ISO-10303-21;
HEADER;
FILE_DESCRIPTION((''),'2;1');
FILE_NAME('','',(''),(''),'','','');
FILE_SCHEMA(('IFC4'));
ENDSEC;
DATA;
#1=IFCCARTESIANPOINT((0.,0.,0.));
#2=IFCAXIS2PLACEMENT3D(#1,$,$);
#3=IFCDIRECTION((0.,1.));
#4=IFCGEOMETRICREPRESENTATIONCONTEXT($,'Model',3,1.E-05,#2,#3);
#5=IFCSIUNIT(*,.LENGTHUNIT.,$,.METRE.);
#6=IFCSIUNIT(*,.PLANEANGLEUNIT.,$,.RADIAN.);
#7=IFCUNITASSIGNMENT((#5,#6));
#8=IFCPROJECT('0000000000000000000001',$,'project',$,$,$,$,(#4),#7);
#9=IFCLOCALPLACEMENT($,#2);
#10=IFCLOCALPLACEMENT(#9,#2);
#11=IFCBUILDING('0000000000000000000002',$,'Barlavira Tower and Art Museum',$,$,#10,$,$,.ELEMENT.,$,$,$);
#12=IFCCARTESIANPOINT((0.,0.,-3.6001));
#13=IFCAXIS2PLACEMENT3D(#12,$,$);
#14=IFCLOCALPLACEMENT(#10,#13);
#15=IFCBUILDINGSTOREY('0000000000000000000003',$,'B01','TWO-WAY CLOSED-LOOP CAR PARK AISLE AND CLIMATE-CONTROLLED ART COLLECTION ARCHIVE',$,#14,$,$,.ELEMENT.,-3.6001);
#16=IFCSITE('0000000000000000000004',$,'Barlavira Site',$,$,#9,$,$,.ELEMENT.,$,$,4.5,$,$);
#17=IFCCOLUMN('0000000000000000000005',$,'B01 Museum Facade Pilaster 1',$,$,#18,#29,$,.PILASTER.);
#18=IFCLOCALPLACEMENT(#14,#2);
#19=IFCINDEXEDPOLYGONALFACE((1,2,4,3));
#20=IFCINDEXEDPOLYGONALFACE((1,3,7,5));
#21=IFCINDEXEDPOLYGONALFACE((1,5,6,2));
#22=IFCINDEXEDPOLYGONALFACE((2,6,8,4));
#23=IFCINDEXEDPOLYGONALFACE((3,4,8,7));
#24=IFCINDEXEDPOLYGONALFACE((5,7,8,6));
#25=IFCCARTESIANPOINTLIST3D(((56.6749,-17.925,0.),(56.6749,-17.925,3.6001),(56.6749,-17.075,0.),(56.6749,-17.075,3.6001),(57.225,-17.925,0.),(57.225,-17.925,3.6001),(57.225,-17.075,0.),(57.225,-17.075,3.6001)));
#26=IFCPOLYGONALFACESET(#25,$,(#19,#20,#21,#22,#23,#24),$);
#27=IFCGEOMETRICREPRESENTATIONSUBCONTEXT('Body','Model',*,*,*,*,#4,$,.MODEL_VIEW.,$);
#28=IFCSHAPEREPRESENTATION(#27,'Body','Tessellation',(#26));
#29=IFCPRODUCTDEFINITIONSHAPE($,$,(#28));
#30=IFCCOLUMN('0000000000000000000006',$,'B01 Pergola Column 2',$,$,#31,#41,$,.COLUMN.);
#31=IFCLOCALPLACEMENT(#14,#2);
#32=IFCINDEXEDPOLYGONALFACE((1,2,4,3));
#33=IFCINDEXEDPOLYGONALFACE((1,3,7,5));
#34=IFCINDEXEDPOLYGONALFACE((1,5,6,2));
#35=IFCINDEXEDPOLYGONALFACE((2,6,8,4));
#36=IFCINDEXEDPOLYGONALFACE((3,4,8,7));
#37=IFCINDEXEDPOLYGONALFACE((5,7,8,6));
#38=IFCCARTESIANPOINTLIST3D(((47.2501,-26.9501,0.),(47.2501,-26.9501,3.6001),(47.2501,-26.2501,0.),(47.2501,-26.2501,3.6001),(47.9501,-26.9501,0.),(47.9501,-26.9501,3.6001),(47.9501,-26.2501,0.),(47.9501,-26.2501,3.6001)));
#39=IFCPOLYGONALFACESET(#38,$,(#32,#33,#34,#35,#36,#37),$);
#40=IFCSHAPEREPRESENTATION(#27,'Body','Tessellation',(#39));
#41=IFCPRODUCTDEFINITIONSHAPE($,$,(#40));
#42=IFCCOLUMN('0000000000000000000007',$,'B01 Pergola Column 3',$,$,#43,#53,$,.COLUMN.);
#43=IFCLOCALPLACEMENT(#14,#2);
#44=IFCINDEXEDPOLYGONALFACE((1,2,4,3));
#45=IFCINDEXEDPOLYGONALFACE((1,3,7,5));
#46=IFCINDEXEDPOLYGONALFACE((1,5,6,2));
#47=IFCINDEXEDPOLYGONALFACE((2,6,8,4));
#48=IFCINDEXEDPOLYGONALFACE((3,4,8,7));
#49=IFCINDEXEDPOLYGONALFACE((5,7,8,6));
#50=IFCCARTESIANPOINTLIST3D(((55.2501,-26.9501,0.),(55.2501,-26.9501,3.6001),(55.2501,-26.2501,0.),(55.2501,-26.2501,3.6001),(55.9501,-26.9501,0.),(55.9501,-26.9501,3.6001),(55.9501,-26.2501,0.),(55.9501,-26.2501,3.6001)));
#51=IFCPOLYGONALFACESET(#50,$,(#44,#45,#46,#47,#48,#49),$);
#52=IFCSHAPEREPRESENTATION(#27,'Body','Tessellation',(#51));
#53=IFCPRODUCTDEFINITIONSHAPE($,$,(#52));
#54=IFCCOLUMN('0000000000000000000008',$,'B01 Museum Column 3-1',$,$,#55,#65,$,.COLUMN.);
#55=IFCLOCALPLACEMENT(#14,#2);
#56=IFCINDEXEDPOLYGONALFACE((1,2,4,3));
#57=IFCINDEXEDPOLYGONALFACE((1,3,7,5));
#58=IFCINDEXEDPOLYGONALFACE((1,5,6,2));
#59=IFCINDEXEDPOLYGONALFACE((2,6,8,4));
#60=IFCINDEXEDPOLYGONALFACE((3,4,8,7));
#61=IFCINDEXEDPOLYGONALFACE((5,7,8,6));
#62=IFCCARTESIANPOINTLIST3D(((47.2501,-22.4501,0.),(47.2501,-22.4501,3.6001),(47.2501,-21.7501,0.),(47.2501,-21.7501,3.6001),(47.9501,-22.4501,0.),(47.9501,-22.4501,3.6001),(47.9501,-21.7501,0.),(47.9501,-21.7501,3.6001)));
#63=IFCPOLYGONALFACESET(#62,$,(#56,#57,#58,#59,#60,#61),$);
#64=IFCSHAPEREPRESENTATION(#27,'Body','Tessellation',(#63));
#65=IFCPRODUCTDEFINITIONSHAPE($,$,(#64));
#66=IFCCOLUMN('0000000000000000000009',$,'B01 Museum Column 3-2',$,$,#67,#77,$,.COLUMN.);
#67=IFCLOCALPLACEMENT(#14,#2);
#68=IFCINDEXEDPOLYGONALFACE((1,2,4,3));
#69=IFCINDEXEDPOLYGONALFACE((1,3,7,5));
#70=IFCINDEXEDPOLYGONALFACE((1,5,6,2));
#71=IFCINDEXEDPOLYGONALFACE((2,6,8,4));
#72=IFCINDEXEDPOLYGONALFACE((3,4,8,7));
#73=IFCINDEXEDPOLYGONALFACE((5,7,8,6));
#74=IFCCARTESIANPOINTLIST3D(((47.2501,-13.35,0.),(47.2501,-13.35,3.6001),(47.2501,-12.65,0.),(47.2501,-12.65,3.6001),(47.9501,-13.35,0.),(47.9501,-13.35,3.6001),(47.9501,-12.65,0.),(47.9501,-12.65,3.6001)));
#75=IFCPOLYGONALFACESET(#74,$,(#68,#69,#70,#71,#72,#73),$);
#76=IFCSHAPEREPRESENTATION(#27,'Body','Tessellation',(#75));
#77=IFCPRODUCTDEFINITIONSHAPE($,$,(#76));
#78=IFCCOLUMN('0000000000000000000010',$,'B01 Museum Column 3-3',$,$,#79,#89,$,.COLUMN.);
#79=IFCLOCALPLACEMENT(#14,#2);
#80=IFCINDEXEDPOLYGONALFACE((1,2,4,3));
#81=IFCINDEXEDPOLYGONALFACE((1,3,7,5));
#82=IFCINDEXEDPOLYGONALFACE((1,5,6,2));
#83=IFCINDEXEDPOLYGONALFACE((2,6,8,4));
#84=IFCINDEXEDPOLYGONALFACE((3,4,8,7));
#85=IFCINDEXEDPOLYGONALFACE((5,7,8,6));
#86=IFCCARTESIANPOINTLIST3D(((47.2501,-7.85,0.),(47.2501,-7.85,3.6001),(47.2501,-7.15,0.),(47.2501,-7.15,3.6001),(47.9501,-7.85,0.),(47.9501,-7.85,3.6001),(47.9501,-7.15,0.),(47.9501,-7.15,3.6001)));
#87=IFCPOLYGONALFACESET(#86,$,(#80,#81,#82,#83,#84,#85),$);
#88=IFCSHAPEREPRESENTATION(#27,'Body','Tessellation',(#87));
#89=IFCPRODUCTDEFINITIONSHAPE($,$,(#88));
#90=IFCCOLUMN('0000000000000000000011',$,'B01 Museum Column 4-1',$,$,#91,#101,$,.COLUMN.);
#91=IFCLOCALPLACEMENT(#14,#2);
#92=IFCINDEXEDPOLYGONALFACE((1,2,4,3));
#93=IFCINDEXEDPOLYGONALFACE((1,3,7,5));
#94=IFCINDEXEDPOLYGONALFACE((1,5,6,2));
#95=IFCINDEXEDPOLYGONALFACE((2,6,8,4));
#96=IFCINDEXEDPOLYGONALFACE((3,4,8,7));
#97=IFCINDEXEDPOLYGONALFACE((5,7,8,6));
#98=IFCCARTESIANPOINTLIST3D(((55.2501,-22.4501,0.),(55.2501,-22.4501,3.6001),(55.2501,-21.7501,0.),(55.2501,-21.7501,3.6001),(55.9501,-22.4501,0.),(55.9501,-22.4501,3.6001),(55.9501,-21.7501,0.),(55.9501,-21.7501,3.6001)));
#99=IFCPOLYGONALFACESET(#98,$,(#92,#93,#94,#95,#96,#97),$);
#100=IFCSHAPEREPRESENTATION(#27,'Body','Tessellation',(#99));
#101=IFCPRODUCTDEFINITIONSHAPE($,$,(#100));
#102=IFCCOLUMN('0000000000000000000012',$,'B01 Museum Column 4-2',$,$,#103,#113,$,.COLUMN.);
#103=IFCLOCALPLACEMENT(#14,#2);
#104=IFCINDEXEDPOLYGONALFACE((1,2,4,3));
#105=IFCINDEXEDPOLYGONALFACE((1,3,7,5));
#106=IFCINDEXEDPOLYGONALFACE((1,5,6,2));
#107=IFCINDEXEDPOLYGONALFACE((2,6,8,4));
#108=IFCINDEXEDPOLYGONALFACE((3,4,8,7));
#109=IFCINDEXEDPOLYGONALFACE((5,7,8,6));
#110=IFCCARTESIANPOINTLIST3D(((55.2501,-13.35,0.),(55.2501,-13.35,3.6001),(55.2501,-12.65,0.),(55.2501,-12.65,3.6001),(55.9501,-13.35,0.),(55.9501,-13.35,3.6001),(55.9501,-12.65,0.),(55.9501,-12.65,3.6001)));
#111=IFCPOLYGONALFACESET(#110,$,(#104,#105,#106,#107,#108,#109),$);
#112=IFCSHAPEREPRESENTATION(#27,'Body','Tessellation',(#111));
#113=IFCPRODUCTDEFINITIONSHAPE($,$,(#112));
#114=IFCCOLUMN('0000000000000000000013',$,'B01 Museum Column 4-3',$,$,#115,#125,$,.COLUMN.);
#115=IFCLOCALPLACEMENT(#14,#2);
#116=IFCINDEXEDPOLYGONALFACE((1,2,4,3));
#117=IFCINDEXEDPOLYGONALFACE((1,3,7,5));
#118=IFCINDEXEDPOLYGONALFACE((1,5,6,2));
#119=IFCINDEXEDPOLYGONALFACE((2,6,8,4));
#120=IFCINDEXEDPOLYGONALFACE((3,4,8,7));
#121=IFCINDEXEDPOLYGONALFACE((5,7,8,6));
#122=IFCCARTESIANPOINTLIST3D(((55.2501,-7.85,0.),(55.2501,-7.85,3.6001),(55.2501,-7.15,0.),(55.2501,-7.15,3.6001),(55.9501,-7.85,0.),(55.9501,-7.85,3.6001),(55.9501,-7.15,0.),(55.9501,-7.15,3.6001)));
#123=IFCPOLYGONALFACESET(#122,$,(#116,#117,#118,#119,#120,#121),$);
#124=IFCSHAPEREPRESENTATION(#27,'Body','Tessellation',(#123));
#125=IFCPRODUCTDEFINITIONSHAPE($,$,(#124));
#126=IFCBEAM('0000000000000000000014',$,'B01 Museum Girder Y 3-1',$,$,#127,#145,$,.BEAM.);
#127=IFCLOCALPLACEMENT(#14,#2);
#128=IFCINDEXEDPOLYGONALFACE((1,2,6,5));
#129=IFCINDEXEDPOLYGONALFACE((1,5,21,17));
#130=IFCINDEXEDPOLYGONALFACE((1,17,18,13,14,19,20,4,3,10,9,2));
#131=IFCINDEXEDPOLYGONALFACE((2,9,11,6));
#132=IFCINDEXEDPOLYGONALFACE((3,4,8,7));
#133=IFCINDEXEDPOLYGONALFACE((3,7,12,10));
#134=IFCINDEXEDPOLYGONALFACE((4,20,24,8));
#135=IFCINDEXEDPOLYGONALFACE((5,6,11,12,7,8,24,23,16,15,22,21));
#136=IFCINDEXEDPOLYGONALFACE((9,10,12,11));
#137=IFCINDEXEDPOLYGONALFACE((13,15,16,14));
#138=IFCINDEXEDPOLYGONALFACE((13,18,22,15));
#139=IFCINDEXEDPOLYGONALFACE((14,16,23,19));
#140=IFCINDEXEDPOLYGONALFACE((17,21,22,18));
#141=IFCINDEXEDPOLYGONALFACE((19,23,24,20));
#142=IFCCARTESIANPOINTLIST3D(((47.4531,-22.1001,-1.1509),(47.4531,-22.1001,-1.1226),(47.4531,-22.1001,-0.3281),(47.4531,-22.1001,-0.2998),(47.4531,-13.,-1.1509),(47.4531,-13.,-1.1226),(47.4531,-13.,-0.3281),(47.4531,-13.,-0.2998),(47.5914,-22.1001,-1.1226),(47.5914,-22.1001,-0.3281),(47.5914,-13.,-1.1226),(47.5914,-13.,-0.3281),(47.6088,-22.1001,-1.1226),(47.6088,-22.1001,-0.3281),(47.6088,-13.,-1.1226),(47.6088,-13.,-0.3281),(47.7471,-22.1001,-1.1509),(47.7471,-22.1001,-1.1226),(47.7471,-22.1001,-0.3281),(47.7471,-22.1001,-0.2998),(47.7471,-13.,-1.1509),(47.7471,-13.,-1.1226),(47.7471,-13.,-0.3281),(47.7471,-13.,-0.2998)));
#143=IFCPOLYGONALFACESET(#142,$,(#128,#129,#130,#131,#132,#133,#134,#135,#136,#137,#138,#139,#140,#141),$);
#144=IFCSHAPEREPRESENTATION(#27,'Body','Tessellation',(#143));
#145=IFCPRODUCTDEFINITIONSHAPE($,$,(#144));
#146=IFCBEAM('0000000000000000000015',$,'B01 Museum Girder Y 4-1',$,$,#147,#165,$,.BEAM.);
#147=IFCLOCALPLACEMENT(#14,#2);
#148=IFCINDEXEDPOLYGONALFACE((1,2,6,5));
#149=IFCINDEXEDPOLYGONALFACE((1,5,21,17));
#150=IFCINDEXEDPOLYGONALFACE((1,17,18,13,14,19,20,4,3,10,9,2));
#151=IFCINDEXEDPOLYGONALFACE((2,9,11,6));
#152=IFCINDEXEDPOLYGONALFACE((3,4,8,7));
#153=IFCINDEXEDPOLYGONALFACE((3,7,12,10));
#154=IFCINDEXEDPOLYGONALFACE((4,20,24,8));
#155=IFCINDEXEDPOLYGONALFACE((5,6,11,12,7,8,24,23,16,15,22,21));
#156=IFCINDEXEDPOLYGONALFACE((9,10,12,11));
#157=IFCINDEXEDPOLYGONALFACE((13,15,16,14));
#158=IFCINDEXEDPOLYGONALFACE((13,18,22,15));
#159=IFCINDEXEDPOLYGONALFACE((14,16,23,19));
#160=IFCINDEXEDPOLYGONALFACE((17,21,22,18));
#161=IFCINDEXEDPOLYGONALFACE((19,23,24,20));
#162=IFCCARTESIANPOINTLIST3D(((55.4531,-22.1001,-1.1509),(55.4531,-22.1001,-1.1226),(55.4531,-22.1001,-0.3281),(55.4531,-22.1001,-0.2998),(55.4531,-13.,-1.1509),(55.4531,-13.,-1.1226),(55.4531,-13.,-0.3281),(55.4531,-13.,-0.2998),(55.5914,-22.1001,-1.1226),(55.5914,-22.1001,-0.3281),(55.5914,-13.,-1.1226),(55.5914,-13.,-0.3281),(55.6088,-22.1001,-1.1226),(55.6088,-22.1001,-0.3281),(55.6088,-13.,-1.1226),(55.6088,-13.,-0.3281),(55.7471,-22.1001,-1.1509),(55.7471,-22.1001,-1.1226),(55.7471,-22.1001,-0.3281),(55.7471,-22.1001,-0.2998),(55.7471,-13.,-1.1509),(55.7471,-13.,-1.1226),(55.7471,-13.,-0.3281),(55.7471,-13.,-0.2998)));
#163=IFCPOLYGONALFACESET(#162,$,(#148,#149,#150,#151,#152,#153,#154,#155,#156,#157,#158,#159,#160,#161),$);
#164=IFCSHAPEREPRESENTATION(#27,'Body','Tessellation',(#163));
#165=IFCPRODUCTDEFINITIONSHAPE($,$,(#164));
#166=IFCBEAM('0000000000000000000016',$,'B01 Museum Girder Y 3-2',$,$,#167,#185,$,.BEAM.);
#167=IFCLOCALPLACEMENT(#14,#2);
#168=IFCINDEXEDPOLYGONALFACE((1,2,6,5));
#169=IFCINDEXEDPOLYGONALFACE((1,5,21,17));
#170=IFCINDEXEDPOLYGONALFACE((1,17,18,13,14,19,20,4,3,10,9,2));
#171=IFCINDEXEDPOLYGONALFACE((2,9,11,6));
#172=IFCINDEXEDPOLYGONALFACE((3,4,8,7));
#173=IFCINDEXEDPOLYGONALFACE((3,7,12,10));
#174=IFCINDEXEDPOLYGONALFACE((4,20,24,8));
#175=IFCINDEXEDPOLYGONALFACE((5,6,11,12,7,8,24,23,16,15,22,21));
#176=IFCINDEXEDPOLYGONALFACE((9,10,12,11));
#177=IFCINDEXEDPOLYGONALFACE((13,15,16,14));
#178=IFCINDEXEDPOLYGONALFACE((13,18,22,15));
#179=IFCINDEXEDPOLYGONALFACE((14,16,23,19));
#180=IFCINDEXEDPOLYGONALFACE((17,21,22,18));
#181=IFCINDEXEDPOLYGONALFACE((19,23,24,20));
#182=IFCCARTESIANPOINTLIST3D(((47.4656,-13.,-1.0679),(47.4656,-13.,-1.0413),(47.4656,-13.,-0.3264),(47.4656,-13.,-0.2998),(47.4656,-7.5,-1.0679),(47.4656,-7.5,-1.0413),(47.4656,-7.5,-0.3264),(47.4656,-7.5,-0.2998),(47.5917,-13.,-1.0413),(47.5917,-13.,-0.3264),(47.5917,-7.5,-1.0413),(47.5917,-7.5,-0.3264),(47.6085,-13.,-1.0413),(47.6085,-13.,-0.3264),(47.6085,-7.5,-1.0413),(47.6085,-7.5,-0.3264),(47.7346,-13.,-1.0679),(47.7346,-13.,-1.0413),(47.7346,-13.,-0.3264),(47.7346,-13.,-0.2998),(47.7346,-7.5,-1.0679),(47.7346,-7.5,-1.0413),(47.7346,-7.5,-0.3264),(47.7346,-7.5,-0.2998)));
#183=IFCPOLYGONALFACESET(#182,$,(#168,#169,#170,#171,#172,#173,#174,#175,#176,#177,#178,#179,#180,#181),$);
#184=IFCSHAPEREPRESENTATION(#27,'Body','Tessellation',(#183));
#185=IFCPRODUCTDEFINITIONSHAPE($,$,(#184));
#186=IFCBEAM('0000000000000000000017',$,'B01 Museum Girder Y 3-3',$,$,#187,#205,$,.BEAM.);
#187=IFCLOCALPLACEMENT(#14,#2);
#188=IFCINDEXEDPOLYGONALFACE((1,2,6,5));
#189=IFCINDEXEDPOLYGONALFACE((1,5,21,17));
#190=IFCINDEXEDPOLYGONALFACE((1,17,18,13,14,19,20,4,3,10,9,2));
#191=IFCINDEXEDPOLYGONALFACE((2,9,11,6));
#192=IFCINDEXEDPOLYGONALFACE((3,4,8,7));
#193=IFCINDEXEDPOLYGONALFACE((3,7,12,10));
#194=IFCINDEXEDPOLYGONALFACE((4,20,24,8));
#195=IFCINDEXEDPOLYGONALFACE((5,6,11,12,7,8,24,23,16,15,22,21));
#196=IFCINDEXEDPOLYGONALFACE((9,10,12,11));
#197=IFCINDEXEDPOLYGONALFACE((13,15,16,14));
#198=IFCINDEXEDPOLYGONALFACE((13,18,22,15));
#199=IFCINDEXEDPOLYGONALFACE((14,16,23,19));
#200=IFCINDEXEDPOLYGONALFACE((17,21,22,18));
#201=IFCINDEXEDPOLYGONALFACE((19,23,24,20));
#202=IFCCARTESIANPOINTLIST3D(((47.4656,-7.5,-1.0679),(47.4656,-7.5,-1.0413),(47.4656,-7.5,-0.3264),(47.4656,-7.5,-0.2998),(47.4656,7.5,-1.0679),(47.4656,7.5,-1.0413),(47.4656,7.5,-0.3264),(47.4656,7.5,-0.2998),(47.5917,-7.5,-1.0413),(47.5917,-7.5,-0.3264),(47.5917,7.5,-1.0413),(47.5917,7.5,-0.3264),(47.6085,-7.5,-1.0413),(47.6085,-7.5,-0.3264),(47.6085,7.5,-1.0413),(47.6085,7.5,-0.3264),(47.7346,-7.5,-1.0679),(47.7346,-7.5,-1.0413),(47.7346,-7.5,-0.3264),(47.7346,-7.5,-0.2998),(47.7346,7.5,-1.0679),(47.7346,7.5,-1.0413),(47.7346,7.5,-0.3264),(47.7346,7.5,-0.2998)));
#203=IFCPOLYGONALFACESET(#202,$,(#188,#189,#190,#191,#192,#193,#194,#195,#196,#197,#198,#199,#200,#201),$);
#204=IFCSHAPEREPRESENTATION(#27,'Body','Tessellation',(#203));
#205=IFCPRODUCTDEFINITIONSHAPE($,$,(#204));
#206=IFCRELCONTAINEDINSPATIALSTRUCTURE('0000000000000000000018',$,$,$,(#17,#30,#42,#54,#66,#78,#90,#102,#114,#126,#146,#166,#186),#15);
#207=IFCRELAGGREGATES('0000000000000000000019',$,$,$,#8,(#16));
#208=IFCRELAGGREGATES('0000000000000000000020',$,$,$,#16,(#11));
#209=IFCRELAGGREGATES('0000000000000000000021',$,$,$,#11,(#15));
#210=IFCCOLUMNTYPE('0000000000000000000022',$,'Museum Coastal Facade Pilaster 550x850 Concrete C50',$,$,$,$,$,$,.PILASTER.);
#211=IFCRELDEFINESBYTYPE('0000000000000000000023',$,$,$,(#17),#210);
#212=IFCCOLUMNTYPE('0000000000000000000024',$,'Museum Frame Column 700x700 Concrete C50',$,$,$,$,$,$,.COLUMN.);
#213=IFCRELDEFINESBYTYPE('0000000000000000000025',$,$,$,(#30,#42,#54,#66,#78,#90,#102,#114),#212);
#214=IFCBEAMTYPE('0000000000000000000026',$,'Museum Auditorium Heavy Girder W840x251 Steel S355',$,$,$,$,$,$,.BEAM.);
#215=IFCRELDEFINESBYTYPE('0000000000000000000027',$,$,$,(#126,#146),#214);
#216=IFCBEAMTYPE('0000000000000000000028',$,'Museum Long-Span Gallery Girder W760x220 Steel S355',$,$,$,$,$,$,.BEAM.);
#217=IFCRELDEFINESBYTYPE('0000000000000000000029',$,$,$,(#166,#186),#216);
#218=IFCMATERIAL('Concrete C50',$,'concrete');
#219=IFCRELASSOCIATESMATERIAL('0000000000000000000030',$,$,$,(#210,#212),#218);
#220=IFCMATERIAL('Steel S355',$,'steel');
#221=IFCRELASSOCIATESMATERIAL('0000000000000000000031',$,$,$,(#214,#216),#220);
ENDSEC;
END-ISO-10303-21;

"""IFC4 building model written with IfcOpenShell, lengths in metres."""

from ifc_helpers import new_model, si_unit, direction, frame, origin, origin_2d, place, context, subcontext, project, spatial, rectangle, i_section, extrude, material, material_profile, profile_set, type_object, element, save


model = new_model("IFC4")

# Units and contexts
model_context = context("Model", 3, precision=1e-05, world=origin(), true_north=direction((0.0, 1.0)))
body_context = subcontext(model_context, "Body", "Model", "MODEL_VIEW")
ifc_project = project(units=[si_unit("LENGTHUNIT", "METRE"), si_unit("PLANEANGLEUNIT", "RADIAN")], contexts=[model_context])

# Site, building, storey
site_placement = place(None, origin())
site = spatial("IfcSite", under=ifc_project, at=site_placement, Name="Barlavira Site", CompositionType="ELEMENT", RefElevation=4.5)
building_placement = place(site_placement, origin())
building = spatial("IfcBuilding", under=site, at=building_placement, Name="Barlavira Tower and Art Museum", CompositionType="ELEMENT")
storey_placement = place(building_placement, frame((0.0, 0.0, -3.6001)))
storey = spatial("IfcBuildingStorey", under=building, at=storey_placement, Name="B01", Description="TWO-WAY CLOSED-LOOP CAR PARK AISLE AND CLIMATE-CONTROLLED ART COLLECTION ARCHIVE", CompositionType="ELEMENT", Elevation=-3.6001)

# Columns
ifc_material_1 = material(Name="Concrete C50", Category="concrete")
ifc_material_profile_1 = material_profile(ifc_material_1, rectangle(XDim=0.55, YDim=0.8501, at=origin_2d()), Name="RC-PIL 550x850")
ifc_profile_set_1 = profile_set([ifc_material_profile_1], Name="Concrete C50")
column_type_1 = type_object("IfcColumnType", Name="Museum Coastal Facade Pilaster 550x850 Concrete C50", PredefinedType="PILASTER", material=ifc_profile_set_1)
column_placement = place(storey_placement, frame((56.95, -17.5, 0.0), z_axis=(0.0, 0.0, 1.0), x_axis=(1.0, 0.0, 0.0)))
element("IfcColumn", 1, at=column_placement, inside=storey, type_object=column_type_1, Name="B01 Museum Facade Pilaster 1", PredefinedType="PILASTER", context=body_context, shape_type="SweptSolid", body=[
    extrude(rectangle(XDim=0.55, YDim=0.8501, at=origin_2d()), origin(), (0.0, 0.0, 1.0), 3.6001),
])
ifc_material_profile_2 = material_profile(ifc_material_1, rectangle(XDim=0.7, YDim=0.7, at=origin_2d()), Name="RC-COL 700x700")
ifc_profile_set_2 = profile_set([ifc_material_profile_2], Name="Concrete C50")
column_type_2 = type_object("IfcColumnType", Name="Museum Frame Column 700x700 Concrete C50", PredefinedType="COLUMN", material=ifc_profile_set_2)
for number, where, z_axis, x_axis, name in (
    (2, (47.6001, -26.6001, 0.0), (0.0, 0.0, 1.0), (1.0, 0.0, 0.0), "B01 Pergola Column 2"),
    (3, (55.6001, -26.6001, 0.0), (0.0, 0.0, 1.0), (1.0, 0.0, 0.0), "B01 Pergola Column 3"),
    (4, (47.6001, -22.1001, 0.0), (0.0, 0.0, 1.0), (1.0, 0.0, 0.0), "B01 Museum Column 3-1"),
    (5, (47.6001, -13.0, 0.0), (0.0, 0.0, 1.0), (1.0, 0.0, 0.0), "B01 Museum Column 3-2"),
    (6, (47.6001, -7.5, 0.0), (0.0, 0.0, 1.0), (1.0, 0.0, 0.0), "B01 Museum Column 3-3"),
    (7, (55.6001, -22.1001, 0.0), (0.0, 0.0, 1.0), (1.0, 0.0, 0.0), "B01 Museum Column 4-1"),
    (8, (55.6001, -13.0, 0.0), (0.0, 0.0, 1.0), (1.0, 0.0, 0.0), "B01 Museum Column 4-2"),
    (9, (55.6001, -7.5, 0.0), (0.0, 0.0, 1.0), (1.0, 0.0, 0.0), "B01 Museum Column 4-3"),
):
    element("IfcColumn", number, at=place(storey_placement, frame(where, z_axis=z_axis, x_axis=x_axis)), inside=storey, type_object=column_type_2, Name=name, PredefinedType="COLUMN", context=body_context, shape_type="SweptSolid", body=[
        extrude(rectangle(XDim=0.7, YDim=0.7, at=origin_2d()), origin(), (0.0, 0.0, 1.0), 3.6001),
    ])

# Beams
ifc_material_2 = material(Name="Steel S355", Category="steel")
ifc_material_profile_3 = material_profile(ifc_material_2, i_section(OverallWidth=0.2939, OverallDepth=0.8511, WebThickness=0.0173, FlangeThickness=0.0283, at=origin_2d()), Name="W840x251.0")
ifc_profile_set_3 = profile_set([ifc_material_profile_3], Name="Steel S355")
beam_type_1 = type_object("IfcBeamType", Name="Museum Auditorium Heavy Girder W840x251 Steel S355", PredefinedType="BEAM", material=ifc_profile_set_3)
for number, where, z_axis, x_axis, name in (
    (10, (47.6001, -22.1001, -0.7253), (0.0, 1.0, 0.0), (-1.0, 0.0, 0.0), "B01 Museum Girder Y 3-1"),
    (11, (55.6001, -22.1001, -0.7253), (0.0, 1.0, 0.0), (-1.0, 0.0, 0.0), "B01 Museum Girder Y 4-1"),
):
    element("IfcBeam", number, at=place(storey_placement, frame(where, z_axis=z_axis, x_axis=x_axis)), inside=storey, type_object=beam_type_1, Name=name, PredefinedType="BEAM", context=body_context, shape_type="SweptSolid", body=[
        extrude(i_section(OverallWidth=0.2939, OverallDepth=0.8511, WebThickness=0.0173, FlangeThickness=0.0283, at=origin_2d()), origin(), (0.0, 0.0, 1.0), 9.1001),
    ])
ifc_material_profile_4 = material_profile(ifc_material_2, i_section(OverallWidth=0.269, OverallDepth=0.7681, WebThickness=0.0168, FlangeThickness=0.0266, at=origin_2d()), Name="W760x220.0")
ifc_profile_set_4 = profile_set([ifc_material_profile_4], Name="Steel S355")
beam_type_2 = type_object("IfcBeamType", Name="Museum Long-Span Gallery Girder W760x220 Steel S355", PredefinedType="BEAM", material=ifc_profile_set_4)
beam_1_placement = place(storey_placement, frame((47.6001, -13.0, -0.6838), z_axis=(0.0, 1.0, 0.0), x_axis=(-1.0, 0.0, 0.0)))
element("IfcBeam", 12, at=beam_1_placement, inside=storey, type_object=beam_type_2, Name="B01 Museum Girder Y 3-2", PredefinedType="BEAM", context=body_context, shape_type="SweptSolid", body=[
    extrude(i_section(OverallWidth=0.269, OverallDepth=0.7681, WebThickness=0.0168, FlangeThickness=0.0266, at=origin_2d()), origin(), (0.0, 0.0, 1.0), 5.5),
])
beam_2_placement = place(storey_placement, frame((47.6001, -7.5, -0.6838), z_axis=(0.0, 1.0, 0.0), x_axis=(-1.0, 0.0, 0.0)))
element("IfcBeam", 13, at=beam_2_placement, inside=storey, type_object=beam_type_2, Name="B01 Museum Girder Y 3-3", PredefinedType="BEAM", context=body_context, shape_type="SweptSolid", body=[
    extrude(i_section(OverallWidth=0.269, OverallDepth=0.7681, WebThickness=0.0168, FlangeThickness=0.0266, at=origin_2d()), origin(), (0.0, 0.0, 1.0), 15.0),
])

save(model, "model.ifc")
